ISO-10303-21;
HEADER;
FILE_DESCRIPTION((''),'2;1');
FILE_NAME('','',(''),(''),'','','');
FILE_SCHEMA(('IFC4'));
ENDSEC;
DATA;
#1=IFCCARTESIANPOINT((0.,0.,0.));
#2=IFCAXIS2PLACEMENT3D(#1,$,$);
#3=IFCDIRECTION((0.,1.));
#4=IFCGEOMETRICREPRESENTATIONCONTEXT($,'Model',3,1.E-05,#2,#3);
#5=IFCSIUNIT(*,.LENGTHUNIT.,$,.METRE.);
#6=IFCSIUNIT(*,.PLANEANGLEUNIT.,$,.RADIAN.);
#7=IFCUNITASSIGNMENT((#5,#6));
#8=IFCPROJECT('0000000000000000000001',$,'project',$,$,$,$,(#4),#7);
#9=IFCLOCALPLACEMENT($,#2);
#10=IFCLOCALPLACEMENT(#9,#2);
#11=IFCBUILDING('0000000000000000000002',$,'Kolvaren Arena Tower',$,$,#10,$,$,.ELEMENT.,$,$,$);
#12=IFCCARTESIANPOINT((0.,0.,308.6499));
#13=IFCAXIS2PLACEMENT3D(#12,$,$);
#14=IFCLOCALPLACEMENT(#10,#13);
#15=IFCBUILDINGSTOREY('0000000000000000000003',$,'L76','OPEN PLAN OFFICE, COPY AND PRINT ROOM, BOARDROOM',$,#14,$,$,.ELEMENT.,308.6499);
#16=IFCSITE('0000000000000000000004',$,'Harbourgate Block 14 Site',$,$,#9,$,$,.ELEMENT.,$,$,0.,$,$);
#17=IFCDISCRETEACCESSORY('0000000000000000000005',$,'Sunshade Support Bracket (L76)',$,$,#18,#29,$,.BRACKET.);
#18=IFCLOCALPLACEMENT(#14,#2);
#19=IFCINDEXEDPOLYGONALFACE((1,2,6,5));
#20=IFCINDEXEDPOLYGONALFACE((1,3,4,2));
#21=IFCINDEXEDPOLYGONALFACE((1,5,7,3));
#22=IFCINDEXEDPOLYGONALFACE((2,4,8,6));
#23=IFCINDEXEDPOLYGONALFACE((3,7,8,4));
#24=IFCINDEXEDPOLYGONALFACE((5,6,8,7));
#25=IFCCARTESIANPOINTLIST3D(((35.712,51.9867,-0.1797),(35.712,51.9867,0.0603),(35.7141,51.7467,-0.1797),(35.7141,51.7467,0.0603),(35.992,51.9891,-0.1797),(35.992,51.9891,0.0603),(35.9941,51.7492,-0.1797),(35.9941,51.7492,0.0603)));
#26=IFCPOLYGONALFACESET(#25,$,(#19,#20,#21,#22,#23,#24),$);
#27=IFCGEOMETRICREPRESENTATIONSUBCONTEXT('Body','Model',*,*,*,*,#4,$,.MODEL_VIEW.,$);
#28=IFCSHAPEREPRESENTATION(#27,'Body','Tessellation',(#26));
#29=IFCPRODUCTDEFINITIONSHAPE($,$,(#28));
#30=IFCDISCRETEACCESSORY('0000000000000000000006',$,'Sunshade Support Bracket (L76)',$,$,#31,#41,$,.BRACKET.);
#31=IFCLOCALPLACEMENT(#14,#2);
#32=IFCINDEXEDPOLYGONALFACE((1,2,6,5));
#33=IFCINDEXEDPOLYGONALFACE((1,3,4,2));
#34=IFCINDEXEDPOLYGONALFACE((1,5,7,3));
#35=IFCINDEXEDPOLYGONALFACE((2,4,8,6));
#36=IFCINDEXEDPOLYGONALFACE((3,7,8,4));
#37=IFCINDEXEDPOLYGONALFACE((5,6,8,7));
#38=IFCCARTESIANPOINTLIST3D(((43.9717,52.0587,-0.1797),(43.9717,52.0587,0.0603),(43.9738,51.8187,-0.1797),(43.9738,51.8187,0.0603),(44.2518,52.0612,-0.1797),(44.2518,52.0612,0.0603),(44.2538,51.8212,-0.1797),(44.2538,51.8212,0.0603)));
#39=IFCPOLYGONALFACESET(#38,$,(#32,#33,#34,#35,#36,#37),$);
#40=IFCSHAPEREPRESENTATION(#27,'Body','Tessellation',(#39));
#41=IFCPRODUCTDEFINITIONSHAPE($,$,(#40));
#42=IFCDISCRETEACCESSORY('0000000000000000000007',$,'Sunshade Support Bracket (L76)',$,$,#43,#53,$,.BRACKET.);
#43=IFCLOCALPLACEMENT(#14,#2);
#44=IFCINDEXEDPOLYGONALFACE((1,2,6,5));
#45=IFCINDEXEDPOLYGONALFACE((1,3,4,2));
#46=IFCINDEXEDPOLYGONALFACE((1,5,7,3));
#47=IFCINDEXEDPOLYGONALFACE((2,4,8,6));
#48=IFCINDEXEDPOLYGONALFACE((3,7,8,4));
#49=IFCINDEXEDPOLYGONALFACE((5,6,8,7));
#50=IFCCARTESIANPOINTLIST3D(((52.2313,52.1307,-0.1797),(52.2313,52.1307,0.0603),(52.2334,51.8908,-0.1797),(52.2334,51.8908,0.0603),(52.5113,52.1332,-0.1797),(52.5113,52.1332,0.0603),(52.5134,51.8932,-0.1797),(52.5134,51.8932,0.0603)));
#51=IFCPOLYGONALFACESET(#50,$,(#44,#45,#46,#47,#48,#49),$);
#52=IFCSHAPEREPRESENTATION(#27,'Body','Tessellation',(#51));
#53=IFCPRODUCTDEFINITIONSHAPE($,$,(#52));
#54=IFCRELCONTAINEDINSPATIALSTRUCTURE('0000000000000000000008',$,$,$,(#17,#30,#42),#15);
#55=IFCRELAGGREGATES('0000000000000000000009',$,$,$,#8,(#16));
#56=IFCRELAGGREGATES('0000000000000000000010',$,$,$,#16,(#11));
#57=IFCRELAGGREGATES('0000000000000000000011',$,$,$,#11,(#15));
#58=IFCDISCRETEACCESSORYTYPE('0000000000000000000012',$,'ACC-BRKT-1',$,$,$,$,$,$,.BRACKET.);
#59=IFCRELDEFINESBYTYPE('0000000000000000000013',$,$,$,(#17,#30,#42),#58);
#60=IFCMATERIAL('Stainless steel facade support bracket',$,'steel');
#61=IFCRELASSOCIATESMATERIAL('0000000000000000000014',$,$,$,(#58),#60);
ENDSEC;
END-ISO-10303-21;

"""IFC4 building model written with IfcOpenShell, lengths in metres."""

from ifc_helpers import new_model, si_unit, direction, frame, origin, origin_2d, place, context, subcontext, project, spatial, rectangle, extrude, material, type_object, element, save


model = new_model("IFC4")

# Units and contexts
model_context = context("Model", 3, precision=1e-05, world=origin(), true_north=direction((0.0, 1.0)))
body_context = subcontext(model_context, "Body", "Model", "MODEL_VIEW")
ifc_project = project(units=[si_unit("LENGTHUNIT", "METRE"), si_unit("PLANEANGLEUNIT", "RADIAN")], contexts=[model_context])

# Site, building, storey
site_placement = place(None, origin())
site = spatial("IfcSite", under=ifc_project, at=site_placement, Name="Harbourgate Block 14 Site", CompositionType="ELEMENT", RefElevation=0.0)
building_placement = place(site_placement, origin())
building = spatial("IfcBuilding", under=site, at=building_placement, Name="Kolvaren Arena Tower", CompositionType="ELEMENT")
storey_placement = place(building_placement, frame((0.0, 0.0, 308.6499)))
storey = spatial("IfcBuildingStorey", under=building, at=storey_placement, Name="L76", Description="OPEN PLAN OFFICE, COPY AND PRINT ROOM, BOARDROOM", CompositionType="ELEMENT", Elevation=308.6499)

# Discrete accessories
ifc_material_1 = material(Name="Stainless steel facade support bracket", Category="steel")
discrete_accessory_type = type_object("IfcDiscreteAccessoryType", Name="ACC-BRKT-1", PredefinedType="BRACKET", material=ifc_material_1)
for number, where, z_axis, x_axis, name in (
    (1, (35.853, 51.8679, -0.1797), (0.0, 0.0, 1.0), (0.999962, 0.008727, 0.0), "Sunshade Support Bracket (L76)"),
    (2, (44.1128, 51.9399, -0.1797), (0.0, 0.0, 1.0), (0.999962, 0.008727, 0.0), "Sunshade Support Bracket (L76)"),
    (3, (52.3723, 52.012, -0.1797), (0.0, 0.0, 1.0), (0.999962, 0.008727, 0.0), "Sunshade Support Bracket (L76)"),
):
    element("IfcDiscreteAccessory", number, at=place(storey_placement, frame(where, z_axis=z_axis, x_axis=x_axis)), inside=storey, type_object=discrete_accessory_type, Name=name, PredefinedType="BRACKET", context=body_context, shape_type="SweptSolid", body=[
        extrude(rectangle(XDim=0.28, YDim=0.24, at=origin_2d()), origin(), (0.0, 0.0, 1.0), 0.24),
    ])

save(model, "model.ifc")
